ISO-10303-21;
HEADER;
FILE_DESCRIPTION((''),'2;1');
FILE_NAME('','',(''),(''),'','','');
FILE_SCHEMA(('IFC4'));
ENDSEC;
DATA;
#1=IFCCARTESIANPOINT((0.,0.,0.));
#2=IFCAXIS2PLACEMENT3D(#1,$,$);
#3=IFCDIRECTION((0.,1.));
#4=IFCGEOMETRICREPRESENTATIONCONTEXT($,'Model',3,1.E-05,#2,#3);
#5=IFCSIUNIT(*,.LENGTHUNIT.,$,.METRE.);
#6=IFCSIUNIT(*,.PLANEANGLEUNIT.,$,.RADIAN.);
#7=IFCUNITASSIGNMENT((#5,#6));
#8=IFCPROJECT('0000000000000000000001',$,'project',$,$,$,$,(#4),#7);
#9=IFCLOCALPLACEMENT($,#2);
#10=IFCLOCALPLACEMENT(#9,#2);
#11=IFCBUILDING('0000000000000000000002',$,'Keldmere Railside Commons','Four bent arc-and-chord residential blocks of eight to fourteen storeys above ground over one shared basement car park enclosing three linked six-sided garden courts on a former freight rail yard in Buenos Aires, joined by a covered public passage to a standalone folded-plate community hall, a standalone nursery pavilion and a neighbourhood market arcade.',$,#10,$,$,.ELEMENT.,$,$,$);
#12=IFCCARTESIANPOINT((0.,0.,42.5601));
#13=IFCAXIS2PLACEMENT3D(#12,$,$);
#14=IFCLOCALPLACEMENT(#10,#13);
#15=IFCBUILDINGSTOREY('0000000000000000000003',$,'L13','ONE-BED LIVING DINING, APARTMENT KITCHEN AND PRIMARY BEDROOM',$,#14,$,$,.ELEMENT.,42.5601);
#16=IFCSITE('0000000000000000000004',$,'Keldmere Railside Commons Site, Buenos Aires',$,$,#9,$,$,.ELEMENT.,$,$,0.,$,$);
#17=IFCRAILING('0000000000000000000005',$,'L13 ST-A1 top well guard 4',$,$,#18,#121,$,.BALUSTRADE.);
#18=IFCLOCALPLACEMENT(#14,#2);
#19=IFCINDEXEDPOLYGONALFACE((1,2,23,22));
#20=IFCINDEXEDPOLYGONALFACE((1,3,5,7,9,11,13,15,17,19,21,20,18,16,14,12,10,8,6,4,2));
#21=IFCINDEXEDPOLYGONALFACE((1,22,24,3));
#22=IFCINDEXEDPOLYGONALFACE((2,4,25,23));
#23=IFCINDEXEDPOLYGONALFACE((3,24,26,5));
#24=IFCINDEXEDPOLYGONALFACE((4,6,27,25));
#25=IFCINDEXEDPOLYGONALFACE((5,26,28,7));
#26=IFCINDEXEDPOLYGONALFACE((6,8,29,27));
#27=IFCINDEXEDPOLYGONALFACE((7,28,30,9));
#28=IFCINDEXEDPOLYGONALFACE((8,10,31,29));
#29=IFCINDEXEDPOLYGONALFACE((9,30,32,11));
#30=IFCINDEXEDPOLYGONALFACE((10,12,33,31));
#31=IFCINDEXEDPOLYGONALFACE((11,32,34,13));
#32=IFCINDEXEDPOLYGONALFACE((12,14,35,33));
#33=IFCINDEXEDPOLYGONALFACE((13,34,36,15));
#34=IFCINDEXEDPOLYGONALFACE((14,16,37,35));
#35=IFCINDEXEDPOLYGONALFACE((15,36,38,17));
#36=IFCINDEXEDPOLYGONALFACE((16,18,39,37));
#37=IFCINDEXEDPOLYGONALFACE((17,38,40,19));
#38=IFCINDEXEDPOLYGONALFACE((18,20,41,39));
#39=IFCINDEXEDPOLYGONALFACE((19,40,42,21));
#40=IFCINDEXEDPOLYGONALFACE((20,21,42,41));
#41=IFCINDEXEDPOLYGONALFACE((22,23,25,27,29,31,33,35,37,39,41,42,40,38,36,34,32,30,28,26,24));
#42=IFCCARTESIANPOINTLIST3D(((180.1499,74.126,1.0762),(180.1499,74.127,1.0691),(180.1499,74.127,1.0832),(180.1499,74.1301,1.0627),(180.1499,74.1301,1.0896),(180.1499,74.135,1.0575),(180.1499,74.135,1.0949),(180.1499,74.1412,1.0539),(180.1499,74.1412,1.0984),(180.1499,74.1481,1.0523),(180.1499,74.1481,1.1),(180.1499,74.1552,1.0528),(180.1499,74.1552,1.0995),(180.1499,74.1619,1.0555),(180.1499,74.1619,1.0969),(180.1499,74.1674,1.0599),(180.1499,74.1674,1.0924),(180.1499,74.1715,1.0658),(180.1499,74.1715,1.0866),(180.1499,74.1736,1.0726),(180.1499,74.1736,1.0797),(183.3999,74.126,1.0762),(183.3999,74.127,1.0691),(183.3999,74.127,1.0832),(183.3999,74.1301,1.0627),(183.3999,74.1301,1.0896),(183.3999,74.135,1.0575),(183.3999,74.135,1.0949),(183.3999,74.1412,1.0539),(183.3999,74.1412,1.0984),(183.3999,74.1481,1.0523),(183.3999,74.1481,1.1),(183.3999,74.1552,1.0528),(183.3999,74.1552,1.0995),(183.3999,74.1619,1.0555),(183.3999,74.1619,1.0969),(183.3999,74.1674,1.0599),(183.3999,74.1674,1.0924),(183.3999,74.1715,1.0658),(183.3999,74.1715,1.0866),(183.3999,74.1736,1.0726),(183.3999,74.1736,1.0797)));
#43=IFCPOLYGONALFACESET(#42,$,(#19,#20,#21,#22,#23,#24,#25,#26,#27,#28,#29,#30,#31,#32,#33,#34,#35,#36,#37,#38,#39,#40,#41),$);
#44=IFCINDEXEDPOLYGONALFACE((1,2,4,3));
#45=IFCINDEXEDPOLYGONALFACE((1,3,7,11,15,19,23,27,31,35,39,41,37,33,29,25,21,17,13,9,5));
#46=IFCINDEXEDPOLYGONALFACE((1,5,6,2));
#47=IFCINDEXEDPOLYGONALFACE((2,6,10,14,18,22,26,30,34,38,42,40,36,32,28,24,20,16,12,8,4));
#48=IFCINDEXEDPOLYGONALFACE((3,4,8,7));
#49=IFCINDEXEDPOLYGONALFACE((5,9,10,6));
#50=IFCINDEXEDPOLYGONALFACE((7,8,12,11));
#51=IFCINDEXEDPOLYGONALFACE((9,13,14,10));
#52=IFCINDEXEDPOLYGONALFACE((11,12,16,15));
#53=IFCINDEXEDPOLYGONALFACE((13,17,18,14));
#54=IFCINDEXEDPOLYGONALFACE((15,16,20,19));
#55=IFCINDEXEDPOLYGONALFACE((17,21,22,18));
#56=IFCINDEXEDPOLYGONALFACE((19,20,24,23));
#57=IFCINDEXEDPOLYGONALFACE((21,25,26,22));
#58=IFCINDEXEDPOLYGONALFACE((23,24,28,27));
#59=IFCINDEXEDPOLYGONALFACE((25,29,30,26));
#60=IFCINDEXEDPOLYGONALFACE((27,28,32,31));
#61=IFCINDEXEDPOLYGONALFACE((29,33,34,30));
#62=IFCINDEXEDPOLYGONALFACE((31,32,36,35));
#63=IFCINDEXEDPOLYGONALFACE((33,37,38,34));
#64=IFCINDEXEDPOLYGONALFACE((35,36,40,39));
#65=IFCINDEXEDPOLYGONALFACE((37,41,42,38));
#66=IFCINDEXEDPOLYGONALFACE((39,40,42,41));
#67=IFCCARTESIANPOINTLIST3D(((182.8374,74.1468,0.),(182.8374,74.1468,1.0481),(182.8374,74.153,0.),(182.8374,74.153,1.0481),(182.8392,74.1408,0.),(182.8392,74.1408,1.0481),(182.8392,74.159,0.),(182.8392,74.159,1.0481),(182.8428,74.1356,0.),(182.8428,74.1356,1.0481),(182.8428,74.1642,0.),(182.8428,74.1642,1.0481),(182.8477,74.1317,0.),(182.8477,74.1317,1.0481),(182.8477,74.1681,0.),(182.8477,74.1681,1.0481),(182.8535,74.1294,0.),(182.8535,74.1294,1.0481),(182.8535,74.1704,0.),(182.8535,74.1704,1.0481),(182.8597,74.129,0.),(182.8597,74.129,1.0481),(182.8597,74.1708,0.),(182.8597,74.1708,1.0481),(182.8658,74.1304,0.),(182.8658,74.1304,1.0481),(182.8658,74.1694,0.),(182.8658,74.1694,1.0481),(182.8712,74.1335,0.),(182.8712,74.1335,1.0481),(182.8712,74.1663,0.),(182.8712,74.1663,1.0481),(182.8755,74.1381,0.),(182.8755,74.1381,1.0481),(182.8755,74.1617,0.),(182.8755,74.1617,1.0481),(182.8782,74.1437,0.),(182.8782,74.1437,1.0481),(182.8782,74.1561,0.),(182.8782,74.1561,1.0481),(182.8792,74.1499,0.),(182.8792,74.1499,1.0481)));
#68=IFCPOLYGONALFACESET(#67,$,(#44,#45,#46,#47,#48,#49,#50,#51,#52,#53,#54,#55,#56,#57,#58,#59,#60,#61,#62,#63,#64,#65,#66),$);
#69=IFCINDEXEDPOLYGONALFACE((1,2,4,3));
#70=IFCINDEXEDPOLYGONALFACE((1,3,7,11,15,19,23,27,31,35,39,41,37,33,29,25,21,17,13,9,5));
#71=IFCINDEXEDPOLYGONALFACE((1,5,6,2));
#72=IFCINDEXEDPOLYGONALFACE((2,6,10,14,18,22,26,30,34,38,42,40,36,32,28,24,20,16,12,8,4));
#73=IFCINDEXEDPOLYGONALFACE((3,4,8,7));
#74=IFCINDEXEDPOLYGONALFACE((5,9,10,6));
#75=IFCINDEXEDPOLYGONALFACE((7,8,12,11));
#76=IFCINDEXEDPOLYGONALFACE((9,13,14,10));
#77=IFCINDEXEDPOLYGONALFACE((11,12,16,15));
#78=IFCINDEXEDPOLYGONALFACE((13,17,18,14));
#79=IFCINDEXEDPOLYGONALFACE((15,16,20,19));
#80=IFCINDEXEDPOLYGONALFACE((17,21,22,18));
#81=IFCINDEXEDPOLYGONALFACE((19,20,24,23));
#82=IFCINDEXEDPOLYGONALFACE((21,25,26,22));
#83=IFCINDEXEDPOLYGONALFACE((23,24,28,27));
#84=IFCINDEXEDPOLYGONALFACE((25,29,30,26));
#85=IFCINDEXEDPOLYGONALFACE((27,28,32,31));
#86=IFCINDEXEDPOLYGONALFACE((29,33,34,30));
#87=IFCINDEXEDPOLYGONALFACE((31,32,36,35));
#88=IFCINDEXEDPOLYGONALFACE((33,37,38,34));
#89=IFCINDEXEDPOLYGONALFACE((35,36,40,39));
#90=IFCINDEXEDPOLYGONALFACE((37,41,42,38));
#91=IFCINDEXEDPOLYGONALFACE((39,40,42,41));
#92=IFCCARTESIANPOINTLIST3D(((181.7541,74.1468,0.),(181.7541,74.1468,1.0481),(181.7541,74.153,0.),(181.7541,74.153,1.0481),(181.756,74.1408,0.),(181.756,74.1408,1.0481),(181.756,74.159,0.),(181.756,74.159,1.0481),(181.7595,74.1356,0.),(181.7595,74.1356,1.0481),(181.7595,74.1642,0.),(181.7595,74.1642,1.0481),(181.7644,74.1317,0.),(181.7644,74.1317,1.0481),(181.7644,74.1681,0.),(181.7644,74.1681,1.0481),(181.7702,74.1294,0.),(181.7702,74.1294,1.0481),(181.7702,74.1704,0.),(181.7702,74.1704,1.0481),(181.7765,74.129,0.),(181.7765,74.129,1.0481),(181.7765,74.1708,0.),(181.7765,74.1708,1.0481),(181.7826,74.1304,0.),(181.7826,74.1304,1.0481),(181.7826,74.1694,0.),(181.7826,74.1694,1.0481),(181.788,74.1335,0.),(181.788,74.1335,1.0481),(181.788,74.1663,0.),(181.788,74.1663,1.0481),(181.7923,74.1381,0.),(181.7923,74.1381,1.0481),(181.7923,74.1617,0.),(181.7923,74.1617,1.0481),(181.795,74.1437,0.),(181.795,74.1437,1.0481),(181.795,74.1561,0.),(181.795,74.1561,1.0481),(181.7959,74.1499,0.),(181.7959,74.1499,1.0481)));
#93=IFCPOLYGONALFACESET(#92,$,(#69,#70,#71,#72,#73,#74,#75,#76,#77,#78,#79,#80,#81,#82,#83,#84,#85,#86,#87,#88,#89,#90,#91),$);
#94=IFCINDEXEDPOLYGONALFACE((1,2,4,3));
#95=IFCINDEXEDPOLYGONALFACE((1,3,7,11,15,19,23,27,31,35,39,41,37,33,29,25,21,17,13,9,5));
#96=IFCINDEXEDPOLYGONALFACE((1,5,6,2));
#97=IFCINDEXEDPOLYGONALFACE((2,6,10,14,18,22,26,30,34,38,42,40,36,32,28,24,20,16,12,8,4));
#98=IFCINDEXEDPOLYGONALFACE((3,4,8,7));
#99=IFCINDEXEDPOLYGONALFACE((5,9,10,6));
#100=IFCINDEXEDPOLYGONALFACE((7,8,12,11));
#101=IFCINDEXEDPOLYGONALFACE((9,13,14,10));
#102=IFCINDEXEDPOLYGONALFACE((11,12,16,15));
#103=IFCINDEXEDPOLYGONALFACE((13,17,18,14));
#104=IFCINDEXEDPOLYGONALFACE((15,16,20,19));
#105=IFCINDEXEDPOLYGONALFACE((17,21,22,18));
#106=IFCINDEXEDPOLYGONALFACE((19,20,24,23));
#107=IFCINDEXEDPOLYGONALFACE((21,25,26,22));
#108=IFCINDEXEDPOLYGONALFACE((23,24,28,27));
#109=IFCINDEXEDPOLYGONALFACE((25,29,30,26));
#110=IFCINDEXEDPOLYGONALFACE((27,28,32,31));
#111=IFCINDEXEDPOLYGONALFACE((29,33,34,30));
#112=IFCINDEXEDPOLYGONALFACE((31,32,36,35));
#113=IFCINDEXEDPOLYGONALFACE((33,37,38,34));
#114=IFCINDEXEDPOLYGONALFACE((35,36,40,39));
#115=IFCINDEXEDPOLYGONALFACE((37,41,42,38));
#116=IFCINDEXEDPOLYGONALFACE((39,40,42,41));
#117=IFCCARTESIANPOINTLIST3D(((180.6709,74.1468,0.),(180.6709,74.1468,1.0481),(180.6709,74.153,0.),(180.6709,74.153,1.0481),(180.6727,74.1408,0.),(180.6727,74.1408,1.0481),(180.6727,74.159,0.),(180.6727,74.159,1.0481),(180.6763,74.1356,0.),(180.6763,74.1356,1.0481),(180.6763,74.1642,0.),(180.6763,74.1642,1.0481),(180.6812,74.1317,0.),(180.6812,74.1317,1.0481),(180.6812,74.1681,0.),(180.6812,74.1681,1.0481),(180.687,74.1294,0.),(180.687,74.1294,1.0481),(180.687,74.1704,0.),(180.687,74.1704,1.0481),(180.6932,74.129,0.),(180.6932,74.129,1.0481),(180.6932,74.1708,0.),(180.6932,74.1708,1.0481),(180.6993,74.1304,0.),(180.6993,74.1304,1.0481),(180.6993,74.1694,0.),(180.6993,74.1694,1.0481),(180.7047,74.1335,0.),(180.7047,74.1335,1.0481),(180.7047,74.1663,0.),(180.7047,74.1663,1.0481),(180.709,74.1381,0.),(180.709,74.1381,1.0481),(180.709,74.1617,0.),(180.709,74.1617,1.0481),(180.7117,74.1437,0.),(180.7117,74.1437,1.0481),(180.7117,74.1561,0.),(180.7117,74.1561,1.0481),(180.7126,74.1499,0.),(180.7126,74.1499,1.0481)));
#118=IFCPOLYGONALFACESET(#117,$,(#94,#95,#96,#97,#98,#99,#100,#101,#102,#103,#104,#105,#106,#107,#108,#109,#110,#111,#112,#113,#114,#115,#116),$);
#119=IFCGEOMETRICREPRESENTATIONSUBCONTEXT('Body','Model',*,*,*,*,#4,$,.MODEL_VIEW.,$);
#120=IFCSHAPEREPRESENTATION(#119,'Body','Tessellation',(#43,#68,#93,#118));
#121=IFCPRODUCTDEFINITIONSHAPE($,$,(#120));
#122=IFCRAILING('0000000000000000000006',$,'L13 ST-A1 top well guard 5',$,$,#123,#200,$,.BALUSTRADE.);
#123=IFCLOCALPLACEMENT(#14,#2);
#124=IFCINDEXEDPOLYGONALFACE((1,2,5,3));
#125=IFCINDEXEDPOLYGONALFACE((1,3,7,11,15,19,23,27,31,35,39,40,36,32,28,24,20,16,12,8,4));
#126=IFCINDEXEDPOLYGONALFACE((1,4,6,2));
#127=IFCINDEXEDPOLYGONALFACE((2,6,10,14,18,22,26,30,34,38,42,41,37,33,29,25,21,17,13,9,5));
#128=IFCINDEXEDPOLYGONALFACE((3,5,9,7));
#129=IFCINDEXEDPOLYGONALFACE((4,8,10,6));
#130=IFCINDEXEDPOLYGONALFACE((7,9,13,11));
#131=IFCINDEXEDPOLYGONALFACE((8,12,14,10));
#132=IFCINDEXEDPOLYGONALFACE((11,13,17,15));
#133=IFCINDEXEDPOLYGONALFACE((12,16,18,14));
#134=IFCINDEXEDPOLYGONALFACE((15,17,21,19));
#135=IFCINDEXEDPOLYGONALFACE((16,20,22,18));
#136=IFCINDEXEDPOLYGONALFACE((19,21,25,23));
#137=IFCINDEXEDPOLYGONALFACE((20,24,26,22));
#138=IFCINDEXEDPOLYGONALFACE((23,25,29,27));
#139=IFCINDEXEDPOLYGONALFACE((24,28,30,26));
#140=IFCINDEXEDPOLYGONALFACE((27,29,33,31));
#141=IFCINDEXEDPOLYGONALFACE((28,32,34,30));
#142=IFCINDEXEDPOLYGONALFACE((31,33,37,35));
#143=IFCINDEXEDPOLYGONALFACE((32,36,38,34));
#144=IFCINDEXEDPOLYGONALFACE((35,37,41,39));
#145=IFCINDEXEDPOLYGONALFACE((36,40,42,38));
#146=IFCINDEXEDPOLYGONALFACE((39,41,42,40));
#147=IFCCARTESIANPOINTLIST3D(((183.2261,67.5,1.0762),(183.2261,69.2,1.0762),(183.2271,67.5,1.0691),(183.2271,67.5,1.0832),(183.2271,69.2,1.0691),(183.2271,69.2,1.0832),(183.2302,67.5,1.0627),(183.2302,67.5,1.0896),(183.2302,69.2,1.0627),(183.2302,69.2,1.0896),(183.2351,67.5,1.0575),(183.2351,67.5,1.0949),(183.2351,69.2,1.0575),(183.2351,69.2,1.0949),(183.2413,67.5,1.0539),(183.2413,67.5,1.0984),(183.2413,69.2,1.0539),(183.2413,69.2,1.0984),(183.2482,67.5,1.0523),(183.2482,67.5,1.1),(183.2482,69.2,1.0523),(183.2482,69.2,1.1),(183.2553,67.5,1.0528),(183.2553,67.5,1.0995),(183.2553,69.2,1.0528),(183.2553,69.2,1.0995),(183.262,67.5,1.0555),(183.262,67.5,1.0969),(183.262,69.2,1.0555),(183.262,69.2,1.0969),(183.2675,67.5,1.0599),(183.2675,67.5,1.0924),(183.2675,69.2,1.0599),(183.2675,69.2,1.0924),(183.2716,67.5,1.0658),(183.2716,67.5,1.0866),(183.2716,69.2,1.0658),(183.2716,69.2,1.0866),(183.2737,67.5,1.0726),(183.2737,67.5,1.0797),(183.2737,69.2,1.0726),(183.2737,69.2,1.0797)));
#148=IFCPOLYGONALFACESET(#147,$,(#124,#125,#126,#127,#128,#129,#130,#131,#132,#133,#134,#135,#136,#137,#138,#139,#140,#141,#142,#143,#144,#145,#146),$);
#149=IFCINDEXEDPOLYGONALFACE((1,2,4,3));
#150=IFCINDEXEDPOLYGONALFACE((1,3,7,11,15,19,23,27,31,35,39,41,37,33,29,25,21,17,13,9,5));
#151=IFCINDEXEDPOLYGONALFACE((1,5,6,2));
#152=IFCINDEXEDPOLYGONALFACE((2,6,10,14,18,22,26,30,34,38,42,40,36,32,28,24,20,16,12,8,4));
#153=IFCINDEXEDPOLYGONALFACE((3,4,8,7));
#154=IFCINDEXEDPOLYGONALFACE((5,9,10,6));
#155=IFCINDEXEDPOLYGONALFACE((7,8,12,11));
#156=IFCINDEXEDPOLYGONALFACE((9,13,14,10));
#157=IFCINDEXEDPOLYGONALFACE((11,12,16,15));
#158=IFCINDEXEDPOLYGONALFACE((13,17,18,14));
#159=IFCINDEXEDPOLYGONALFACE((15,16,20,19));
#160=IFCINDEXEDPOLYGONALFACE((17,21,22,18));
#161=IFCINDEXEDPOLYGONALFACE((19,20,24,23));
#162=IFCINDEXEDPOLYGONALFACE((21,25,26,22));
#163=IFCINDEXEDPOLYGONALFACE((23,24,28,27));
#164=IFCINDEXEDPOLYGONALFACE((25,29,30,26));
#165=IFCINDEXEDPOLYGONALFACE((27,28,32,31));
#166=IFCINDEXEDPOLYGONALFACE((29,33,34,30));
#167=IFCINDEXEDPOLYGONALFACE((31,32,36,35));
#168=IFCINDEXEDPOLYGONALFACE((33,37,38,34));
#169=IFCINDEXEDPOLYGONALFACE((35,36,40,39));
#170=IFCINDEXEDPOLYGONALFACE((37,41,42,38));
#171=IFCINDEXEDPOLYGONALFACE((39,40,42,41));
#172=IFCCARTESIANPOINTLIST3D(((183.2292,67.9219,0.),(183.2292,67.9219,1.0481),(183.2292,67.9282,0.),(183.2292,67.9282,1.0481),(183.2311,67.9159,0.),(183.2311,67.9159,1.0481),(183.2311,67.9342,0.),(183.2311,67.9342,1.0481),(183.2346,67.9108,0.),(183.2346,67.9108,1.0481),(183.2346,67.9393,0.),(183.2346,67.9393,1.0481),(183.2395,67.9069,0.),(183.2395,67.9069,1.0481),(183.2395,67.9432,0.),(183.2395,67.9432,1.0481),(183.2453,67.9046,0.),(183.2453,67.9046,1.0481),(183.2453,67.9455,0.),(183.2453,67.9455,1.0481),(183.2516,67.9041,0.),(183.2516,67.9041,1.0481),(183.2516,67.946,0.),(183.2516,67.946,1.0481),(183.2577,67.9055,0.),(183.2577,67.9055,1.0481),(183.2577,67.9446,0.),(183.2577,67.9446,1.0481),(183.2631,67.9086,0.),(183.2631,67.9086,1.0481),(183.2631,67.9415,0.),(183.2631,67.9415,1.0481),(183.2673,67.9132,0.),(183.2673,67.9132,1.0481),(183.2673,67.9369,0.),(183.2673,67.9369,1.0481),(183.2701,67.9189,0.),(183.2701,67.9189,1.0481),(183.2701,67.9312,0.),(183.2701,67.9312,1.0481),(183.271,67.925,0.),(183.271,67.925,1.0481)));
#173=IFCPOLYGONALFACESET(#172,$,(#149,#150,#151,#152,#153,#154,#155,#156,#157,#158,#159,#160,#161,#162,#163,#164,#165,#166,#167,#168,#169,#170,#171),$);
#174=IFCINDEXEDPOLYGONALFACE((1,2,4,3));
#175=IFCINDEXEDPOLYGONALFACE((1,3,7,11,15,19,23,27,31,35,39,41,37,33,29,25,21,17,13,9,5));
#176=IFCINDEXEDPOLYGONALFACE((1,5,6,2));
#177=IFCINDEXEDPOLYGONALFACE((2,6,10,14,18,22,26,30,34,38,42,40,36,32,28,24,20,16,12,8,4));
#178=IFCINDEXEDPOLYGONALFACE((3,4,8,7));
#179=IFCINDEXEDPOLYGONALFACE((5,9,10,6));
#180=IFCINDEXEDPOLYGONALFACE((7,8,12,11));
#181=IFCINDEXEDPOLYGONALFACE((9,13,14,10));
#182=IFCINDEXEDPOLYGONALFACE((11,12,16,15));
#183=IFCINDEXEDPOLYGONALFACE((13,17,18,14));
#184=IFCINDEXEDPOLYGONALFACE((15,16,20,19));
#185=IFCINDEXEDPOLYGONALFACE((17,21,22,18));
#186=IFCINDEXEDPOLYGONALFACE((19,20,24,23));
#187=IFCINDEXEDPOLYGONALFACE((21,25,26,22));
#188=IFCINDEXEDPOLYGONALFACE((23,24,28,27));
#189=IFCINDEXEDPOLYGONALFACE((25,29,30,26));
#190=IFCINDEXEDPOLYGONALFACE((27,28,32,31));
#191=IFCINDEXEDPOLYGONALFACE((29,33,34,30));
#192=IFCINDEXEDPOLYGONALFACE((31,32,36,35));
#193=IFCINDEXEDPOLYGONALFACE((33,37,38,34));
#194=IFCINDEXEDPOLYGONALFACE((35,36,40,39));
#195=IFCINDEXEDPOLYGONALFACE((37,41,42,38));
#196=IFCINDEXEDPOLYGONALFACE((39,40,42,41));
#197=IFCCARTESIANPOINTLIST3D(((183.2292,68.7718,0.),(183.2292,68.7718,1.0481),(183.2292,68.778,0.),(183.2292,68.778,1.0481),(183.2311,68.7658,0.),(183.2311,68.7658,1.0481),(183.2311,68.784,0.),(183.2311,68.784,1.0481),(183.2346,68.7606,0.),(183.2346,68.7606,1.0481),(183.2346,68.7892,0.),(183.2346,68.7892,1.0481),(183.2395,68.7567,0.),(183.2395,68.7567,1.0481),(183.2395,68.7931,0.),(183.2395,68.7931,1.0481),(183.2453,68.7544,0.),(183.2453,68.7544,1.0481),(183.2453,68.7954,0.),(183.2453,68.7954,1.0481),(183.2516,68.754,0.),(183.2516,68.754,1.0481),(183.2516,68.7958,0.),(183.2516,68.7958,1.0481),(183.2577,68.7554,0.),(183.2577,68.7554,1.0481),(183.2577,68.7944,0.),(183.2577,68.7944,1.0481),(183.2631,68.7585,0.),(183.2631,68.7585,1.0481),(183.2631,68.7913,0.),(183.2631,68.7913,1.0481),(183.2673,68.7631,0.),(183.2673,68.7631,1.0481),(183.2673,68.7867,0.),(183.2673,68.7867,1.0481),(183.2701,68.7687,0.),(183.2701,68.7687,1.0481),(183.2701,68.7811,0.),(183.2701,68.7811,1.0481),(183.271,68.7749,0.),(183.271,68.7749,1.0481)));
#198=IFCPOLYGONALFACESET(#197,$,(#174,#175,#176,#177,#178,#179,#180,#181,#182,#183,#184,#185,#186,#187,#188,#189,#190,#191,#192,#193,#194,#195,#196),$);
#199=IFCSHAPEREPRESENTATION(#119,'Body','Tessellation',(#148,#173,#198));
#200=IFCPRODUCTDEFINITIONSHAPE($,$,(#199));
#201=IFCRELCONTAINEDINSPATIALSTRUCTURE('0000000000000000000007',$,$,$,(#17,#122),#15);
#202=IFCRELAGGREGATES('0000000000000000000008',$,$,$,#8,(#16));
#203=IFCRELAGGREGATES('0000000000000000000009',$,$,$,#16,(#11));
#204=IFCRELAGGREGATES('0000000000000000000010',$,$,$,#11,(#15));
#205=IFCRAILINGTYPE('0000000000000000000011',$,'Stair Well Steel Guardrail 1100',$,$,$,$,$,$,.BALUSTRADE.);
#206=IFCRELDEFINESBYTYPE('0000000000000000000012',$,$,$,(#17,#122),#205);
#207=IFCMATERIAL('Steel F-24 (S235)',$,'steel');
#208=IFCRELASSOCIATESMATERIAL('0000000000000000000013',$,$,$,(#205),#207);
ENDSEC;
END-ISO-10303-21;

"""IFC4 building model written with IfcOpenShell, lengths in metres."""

from ifc_helpers import new_model, si_unit, direction, frame, origin, origin_2d, place, context, subcontext, project, spatial, circle, extrude, material, type_object, element, save


model = new_model("IFC4")

# Units and contexts
model_context = context("Model", 3, precision=1e-05, world=origin(), true_north=direction((0.0, 1.0)))
body_context = subcontext(model_context, "Body", "Model", "MODEL_VIEW")
ifc_project = project(units=[si_unit("LENGTHUNIT", "METRE"), si_unit("PLANEANGLEUNIT", "RADIAN")], contexts=[model_context])

# Site, building, storey
site_placement = place(None, origin())
site = spatial("IfcSite", under=ifc_project, at=site_placement, Name="Keldmere Railside Commons Site, Buenos Aires", CompositionType="ELEMENT", RefElevation=0.0)
building_placement = place(site_placement, origin())
building = spatial("IfcBuilding", under=site, at=building_placement, Name="Keldmere Railside Commons", Description="Four bent arc-and-chord residential blocks of eight to fourteen storeys above ground over one shared basement car park enclosing three linked six-sided garden courts on a former freight rail yard in Buenos Aires, joined by a covered public passage to a standalone folded-plate community hall, a standalone nursery pavilion and a neighbourhood market arcade.", CompositionType="ELEMENT")
storey_placement = place(building_placement, frame((0.0, 0.0, 42.5601)))
storey = spatial("IfcBuildingStorey", under=building, at=storey_placement, Name="L13", Description="ONE-BED LIVING DINING, APARTMENT KITCHEN AND PRIMARY BEDROOM", CompositionType="ELEMENT", Elevation=42.5601)

# Shared definitions
ifc_material_1 = material(Name="Steel F-24 (S235)", Category="steel")

# Railings
railing_type_1 = type_object("IfcRailingType", Name="Stair Well Steel Guardrail 1100", PredefinedType="BALUSTRADE", material=ifc_material_1)
railing_1_placement = place(storey_placement, frame((183.3999, 74.1499, 0.0)))
element("IfcRailing", 1, at=railing_1_placement, inside=storey, type_object=railing_type_1, Name="L13 ST-A1 top well guard 4", PredefinedType="BALUSTRADE", context=body_context, shape_type="SweptSolid", body=[
    extrude(circle(Radius=0.0239, at=origin_2d()), frame((0.0, 0.0, 1.0762), z_axis=(-1.0, 0.0, 0.0), x_axis=(0.0, -1.0, 0.0)), (0.0, 0.0, 1.0), 3.25),
    extrude(circle(Radius=0.021, at=origin_2d()), frame((-0.5417, 0.0, 0.0)), (0.0, 0.0, 1.0), 1.0481),
    extrude(circle(Radius=0.021, at=origin_2d()), frame((-1.625, 0.0, 0.0)), (0.0, 0.0, 1.0), 1.0481),
    extrude(circle(Radius=0.021, at=origin_2d()), frame((-2.7083, 0.0, 0.0)), (0.0, 0.0, 1.0), 1.0481),
])
for number, where, name in (
    (2, (183.25, 67.5, 0.0), "L13 ST-A1 top well guard 5"),
):
    element("IfcRailing", number, at=place(storey_placement, frame(where)), inside=storey, type_object=railing_type_1, Name=name, PredefinedType="BALUSTRADE", context=body_context, shape_type="SweptSolid", body=[
        extrude(circle(Radius=0.0239, at=origin_2d()), frame((0.0, 0.0, 1.0762), z_axis=(0.0, 1.0, 0.0), x_axis=(-1.0, 0.0, 0.0)), (0.0, 0.0, 1.0), 1.7),
        extrude(circle(Radius=0.021, at=origin_2d()), frame((0.0, 0.425, 0.0)), (0.0, 0.0, 1.0), 1.0481),
        extrude(circle(Radius=0.021, at=origin_2d()), frame((0.0, 1.2749, 0.0)), (0.0, 0.0, 1.0), 1.0481),
    ])

save(model, "model.ifc")
